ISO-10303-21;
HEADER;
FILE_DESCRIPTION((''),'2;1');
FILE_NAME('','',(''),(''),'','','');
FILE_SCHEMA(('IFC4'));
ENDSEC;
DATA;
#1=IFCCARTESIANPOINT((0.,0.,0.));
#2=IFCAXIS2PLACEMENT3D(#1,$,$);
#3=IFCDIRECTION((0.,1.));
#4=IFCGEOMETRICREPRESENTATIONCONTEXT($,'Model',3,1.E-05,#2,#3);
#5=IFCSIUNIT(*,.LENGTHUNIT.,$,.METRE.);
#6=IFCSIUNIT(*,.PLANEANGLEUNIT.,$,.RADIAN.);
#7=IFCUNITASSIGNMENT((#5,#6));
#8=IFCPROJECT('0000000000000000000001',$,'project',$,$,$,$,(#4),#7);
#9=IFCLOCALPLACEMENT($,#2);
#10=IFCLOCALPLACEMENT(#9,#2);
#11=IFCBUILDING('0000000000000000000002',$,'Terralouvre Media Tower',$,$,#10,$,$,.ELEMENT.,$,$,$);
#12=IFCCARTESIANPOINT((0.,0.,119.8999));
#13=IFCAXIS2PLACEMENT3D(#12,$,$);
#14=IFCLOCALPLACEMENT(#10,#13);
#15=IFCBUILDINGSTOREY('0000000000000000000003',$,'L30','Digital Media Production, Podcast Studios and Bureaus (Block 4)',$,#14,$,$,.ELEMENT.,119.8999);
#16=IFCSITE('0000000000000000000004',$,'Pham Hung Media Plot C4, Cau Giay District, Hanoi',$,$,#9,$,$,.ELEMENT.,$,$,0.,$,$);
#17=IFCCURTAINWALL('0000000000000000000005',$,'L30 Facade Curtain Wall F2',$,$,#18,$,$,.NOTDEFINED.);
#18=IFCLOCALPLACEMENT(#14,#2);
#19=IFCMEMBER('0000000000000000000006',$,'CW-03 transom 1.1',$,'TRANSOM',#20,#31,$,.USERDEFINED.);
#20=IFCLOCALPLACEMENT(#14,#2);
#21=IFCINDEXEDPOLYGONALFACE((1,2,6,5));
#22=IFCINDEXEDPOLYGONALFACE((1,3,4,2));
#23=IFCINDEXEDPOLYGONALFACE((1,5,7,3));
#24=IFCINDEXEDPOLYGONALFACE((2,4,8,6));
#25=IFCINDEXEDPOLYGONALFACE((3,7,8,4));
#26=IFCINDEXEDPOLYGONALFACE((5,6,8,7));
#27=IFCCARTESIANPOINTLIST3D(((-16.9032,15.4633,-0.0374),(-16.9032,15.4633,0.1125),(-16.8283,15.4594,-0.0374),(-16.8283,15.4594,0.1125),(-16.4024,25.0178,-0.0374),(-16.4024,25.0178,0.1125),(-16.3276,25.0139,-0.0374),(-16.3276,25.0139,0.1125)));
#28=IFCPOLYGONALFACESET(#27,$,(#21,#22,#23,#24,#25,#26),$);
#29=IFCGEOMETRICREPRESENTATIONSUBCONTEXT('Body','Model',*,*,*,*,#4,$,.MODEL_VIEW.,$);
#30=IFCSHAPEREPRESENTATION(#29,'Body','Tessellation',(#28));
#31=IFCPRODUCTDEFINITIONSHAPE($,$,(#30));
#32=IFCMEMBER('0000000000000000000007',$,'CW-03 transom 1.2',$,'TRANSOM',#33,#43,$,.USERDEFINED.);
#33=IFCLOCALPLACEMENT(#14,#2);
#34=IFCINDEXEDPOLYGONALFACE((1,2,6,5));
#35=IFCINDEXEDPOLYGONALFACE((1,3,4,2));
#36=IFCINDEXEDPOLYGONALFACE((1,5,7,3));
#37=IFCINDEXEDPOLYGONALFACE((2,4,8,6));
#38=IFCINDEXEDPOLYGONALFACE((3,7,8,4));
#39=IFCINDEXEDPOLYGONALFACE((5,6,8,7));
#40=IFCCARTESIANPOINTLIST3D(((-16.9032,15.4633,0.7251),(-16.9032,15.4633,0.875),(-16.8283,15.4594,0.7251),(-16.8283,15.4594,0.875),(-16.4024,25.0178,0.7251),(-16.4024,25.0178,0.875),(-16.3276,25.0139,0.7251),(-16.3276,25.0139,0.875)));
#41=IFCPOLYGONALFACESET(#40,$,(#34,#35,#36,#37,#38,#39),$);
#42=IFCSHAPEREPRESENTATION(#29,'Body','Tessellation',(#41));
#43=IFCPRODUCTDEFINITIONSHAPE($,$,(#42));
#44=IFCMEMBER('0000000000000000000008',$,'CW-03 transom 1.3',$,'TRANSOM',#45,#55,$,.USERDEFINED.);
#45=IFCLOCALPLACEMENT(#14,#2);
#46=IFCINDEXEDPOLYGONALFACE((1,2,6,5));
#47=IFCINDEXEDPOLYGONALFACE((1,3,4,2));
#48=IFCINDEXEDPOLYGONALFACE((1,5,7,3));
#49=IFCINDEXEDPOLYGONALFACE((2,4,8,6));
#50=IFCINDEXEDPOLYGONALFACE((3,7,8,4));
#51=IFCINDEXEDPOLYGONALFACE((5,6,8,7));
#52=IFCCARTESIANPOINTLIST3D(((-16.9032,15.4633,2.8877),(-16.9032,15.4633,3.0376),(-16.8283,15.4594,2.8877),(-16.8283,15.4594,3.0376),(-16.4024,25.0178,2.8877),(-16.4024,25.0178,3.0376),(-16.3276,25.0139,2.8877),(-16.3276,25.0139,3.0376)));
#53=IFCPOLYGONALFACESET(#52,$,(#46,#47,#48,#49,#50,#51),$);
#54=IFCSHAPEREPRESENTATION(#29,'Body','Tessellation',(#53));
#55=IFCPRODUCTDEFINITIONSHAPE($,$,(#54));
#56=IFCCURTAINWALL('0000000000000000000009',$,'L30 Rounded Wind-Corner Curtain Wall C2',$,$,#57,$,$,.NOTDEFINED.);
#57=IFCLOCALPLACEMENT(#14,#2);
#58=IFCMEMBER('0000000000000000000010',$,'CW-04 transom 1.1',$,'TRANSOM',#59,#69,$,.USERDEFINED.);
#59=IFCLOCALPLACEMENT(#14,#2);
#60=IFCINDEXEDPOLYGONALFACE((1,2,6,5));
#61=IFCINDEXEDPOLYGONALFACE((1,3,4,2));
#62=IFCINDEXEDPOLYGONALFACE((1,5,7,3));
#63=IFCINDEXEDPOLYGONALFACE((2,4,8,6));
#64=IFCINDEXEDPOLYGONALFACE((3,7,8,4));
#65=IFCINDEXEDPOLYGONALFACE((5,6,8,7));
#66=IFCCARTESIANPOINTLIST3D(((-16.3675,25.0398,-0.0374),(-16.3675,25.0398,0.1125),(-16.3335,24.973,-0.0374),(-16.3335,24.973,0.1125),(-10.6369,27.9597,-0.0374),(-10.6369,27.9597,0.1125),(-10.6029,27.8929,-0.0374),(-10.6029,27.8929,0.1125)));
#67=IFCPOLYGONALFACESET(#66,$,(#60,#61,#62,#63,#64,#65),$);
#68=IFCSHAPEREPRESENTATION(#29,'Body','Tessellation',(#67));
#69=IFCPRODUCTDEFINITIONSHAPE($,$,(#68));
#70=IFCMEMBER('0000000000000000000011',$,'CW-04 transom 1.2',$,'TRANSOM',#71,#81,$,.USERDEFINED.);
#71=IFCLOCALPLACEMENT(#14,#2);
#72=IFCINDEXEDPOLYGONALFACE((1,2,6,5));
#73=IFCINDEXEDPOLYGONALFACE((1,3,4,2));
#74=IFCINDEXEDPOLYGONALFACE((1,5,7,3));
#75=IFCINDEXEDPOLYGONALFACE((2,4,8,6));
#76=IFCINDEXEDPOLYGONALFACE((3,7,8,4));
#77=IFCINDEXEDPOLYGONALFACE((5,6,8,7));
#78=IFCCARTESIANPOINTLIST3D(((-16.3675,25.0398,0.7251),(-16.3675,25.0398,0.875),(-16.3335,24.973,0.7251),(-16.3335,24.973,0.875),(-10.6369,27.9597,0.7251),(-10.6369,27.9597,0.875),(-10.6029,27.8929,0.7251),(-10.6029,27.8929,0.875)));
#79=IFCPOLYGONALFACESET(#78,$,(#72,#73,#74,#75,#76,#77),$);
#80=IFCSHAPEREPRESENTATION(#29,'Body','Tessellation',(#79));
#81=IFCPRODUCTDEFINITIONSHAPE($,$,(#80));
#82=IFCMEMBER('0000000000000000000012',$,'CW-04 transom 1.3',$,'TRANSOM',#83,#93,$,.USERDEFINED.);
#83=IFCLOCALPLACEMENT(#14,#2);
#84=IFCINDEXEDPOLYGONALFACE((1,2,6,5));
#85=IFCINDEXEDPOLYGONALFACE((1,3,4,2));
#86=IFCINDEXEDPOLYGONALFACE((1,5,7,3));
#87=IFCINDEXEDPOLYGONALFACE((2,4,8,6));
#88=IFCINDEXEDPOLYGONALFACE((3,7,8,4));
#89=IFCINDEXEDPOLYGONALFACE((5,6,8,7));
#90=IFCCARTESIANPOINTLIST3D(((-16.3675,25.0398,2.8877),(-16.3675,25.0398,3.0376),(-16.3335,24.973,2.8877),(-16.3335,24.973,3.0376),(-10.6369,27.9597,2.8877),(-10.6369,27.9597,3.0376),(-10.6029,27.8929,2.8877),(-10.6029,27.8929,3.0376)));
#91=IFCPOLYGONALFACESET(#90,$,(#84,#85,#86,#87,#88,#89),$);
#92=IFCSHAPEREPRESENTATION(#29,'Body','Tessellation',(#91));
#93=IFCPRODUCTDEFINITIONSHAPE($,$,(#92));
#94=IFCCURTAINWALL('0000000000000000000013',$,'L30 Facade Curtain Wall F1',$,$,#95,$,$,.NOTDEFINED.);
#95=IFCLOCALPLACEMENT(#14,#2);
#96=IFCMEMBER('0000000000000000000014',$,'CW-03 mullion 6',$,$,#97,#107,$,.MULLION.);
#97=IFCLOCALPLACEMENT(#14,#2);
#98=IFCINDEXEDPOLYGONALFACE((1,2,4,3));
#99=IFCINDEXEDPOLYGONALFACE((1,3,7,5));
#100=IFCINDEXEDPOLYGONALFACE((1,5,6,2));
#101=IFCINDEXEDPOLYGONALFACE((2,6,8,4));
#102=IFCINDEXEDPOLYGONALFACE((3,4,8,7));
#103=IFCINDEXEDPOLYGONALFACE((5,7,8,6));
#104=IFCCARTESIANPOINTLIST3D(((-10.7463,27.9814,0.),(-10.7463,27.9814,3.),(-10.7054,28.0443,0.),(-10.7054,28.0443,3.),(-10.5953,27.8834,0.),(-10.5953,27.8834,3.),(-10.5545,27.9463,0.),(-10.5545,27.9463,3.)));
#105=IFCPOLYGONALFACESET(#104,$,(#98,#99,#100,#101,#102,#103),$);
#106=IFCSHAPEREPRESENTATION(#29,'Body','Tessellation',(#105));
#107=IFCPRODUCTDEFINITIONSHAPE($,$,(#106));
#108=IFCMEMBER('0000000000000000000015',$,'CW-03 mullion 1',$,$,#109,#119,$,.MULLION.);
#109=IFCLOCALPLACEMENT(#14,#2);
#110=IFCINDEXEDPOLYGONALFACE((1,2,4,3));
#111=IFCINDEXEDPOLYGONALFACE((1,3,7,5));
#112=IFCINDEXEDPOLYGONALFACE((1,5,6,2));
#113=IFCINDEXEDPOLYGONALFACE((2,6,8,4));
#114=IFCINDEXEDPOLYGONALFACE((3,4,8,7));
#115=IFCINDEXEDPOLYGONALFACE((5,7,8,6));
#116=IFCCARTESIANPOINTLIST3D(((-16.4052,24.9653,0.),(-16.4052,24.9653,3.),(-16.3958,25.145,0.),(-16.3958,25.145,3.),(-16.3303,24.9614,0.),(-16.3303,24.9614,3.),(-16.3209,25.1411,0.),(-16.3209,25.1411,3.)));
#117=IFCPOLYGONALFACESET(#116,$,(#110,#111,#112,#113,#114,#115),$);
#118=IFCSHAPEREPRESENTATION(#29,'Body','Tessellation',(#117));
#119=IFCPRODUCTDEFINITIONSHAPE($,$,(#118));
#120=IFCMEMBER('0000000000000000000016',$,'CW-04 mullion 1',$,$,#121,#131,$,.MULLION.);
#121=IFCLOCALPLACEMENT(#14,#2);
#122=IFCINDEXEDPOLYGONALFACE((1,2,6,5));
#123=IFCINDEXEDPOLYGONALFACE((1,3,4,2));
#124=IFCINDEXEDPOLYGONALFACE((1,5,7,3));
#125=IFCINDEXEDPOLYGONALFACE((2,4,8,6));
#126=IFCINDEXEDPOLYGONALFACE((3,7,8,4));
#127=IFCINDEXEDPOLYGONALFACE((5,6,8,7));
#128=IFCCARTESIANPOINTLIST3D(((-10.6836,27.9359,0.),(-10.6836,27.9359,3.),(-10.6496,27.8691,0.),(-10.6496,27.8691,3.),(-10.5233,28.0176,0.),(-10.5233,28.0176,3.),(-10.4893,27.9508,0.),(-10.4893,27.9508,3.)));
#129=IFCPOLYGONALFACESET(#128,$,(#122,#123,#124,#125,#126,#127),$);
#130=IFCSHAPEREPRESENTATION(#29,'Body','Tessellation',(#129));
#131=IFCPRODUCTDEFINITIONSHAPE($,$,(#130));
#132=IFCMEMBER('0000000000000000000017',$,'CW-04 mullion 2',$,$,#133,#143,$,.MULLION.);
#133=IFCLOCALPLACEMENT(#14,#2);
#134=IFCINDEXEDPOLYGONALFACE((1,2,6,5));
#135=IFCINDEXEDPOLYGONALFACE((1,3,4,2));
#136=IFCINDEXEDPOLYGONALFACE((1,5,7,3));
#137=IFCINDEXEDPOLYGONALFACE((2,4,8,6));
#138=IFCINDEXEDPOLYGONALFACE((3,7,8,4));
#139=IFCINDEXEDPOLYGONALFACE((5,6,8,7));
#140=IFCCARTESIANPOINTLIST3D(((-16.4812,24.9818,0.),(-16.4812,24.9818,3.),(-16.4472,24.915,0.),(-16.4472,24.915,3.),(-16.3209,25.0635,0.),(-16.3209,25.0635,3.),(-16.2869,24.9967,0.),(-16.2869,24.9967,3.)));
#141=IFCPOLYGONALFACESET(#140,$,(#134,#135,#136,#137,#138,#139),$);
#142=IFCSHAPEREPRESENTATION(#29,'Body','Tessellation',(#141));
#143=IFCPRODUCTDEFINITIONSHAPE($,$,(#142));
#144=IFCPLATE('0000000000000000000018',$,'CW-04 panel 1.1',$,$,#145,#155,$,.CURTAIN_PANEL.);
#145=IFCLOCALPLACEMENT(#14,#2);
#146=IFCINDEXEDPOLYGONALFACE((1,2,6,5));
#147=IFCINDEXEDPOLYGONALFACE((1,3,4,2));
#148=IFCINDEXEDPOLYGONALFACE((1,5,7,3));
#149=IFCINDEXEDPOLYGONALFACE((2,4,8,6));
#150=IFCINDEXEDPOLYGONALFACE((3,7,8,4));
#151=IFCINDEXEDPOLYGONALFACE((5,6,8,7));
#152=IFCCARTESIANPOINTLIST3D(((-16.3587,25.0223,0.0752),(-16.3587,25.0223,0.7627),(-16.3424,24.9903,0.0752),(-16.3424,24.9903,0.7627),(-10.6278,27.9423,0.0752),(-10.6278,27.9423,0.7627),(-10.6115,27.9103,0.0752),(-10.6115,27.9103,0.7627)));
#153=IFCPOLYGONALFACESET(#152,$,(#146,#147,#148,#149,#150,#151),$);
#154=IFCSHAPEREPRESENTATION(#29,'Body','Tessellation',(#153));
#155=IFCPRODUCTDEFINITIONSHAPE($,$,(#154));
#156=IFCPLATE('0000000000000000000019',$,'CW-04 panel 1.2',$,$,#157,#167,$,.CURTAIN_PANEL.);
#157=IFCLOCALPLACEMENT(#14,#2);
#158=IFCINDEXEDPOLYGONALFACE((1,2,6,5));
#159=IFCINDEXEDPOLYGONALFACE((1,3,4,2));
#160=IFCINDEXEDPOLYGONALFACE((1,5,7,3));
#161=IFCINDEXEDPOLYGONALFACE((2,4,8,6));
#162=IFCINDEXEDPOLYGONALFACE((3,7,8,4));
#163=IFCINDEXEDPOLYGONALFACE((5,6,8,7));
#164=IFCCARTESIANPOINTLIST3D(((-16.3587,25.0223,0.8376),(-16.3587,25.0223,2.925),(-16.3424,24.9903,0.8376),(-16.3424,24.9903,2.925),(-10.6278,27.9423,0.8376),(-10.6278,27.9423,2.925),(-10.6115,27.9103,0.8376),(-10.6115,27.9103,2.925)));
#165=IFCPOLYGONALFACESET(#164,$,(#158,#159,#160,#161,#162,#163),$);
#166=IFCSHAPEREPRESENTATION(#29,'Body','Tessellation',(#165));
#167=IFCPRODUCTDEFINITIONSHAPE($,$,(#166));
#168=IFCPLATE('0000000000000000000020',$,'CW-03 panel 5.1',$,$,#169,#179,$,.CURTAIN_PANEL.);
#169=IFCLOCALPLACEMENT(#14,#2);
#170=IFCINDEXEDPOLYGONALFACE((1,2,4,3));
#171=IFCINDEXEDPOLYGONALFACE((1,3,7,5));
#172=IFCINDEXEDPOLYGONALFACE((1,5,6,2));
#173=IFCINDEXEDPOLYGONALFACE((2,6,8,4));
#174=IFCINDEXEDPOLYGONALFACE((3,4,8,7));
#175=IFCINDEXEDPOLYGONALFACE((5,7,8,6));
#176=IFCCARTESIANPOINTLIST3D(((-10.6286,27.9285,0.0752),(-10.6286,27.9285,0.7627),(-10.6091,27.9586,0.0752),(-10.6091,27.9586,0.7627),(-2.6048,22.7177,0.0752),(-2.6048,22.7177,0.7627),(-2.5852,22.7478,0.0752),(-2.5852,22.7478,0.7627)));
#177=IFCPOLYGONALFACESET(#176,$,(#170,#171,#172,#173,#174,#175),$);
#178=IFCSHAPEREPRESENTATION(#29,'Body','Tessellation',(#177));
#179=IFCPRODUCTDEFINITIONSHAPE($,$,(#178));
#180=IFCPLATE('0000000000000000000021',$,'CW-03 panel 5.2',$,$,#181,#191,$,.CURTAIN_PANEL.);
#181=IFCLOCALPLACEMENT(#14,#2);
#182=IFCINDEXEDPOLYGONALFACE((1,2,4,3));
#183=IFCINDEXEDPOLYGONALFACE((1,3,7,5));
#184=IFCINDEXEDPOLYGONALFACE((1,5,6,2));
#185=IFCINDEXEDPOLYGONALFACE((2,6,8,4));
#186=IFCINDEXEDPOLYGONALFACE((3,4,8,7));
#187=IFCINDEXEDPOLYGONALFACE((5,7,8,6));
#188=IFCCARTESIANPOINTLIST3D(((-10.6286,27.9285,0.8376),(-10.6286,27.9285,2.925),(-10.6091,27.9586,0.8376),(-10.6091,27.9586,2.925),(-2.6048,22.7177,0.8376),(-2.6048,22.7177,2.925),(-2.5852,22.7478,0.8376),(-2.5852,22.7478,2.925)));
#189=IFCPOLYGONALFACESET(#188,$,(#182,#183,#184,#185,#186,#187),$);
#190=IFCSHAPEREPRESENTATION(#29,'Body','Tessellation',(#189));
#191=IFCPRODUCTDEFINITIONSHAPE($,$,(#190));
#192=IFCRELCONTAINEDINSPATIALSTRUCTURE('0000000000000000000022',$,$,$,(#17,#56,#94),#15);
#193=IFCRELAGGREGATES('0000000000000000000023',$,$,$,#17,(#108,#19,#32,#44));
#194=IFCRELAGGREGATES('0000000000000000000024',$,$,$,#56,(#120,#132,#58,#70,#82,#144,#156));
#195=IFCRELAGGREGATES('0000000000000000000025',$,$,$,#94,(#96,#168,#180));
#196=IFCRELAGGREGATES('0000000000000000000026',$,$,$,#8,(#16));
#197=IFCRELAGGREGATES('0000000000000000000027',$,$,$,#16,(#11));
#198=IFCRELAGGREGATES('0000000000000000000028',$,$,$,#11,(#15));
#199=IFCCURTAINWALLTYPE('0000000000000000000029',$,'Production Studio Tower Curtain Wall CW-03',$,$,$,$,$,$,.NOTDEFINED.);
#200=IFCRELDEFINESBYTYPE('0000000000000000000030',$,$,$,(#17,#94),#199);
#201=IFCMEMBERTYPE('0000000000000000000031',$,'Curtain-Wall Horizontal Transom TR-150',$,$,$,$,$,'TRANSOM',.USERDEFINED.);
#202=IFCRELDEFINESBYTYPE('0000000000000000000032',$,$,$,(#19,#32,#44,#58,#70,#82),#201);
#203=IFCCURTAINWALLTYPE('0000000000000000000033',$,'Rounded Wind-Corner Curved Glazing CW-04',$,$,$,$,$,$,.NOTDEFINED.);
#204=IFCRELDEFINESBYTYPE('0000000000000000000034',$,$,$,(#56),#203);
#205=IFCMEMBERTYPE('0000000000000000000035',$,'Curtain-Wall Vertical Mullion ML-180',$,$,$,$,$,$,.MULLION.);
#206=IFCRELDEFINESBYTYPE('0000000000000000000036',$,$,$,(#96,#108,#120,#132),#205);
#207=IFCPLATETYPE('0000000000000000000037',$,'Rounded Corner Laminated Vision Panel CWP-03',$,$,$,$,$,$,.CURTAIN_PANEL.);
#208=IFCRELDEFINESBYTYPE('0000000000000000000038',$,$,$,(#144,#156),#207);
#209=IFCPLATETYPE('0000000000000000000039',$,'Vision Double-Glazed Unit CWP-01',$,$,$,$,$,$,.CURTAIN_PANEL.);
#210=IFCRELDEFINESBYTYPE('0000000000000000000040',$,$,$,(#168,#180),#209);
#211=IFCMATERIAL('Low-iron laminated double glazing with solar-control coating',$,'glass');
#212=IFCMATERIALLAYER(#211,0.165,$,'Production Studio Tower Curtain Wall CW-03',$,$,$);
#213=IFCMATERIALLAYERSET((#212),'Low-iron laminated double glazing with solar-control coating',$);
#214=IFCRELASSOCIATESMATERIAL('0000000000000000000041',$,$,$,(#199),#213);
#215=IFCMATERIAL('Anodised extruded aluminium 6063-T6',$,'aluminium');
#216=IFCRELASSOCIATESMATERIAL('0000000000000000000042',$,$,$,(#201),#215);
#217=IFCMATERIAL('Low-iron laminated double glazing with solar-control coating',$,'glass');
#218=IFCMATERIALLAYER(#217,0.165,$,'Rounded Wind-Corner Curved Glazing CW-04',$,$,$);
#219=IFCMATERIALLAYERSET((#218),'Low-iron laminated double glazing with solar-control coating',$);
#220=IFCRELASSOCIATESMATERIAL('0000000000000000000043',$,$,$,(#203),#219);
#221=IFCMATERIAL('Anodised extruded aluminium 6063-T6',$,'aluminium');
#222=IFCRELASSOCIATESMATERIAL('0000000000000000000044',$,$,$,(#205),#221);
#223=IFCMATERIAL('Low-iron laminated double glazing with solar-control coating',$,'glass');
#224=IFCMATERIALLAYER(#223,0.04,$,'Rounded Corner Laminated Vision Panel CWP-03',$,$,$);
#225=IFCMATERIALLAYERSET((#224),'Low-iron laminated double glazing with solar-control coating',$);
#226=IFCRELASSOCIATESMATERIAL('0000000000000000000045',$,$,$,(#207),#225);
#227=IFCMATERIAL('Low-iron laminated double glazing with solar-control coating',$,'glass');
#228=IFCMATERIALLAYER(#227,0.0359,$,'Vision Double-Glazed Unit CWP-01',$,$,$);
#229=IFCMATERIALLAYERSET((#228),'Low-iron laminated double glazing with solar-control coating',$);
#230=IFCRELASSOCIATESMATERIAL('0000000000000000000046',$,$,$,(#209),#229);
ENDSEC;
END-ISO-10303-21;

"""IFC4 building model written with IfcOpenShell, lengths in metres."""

from ifc_helpers import new_model, si_unit, direction, frame, origin, origin_2d, place, context, subcontext, project, spatial, rectangle, extrude, material, layer, layer_set, material_profile, profile_set, type_object, element, aggregate, save


model = new_model("IFC4")

# Units and contexts
model_context = context("Model", 3, precision=1e-05, world=origin(), true_north=direction((0.0, 1.0)))
body_context = subcontext(model_context, "Body", "Model", "MODEL_VIEW")
ifc_project = project(units=[si_unit("LENGTHUNIT", "METRE"), si_unit("PLANEANGLEUNIT", "RADIAN")], contexts=[model_context])

# Site, building, storey
site_placement = place(None, origin())
site = spatial("IfcSite", under=ifc_project, at=site_placement, Name="Pham Hung Media Plot C4, Cau Giay District, Hanoi", CompositionType="ELEMENT", RefElevation=0.0)
building_placement = place(site_placement, origin())
building = spatial("IfcBuilding", under=site, at=building_placement, Name="Terralouvre Media Tower", CompositionType="ELEMENT")
storey_placement = place(building_placement, frame((0.0, 0.0, 119.8999)))
storey = spatial("IfcBuildingStorey", under=building, at=storey_placement, Name="L30", Description="Digital Media Production, Podcast Studios and Bureaus (Block 4)", CompositionType="ELEMENT", Elevation=119.8999)

# Curtain walls, members
ifc_material_1 = material(Name="Low-iron laminated double glazing with solar-control coating", Category="glass")
ifc_layer_1 = layer(ifc_material_1, 0.165, Name="Production Studio Tower Curtain Wall CW-03")
ifc_layer_set_1 = layer_set([ifc_layer_1], Name="Low-iron laminated double glazing with solar-control coating")
curtain_wall_type_1 = type_object("IfcCurtainWallType", Name="Production Studio Tower Curtain Wall CW-03", PredefinedType="NOTDEFINED", material=ifc_layer_set_1)
curtain_wall_1_placement = place(storey_placement, origin())
curtain_wall_1 = element("IfcCurtainWall", 1, at=curtain_wall_1_placement, inside=storey, type_object=curtain_wall_type_1, Name="L30 Facade Curtain Wall F2", PredefinedType="NOTDEFINED")
ifc_material_2 = material(Name="Anodised extruded aluminium 6063-T6", Category="aluminium")
ifc_material_profile_1 = material_profile(ifc_material_2, rectangle(XDim=0.075, YDim=0.1499, at=origin_2d()), Name="ALU 75x150")
ifc_profile_set_1 = profile_set([ifc_material_profile_1], Name="Anodised extruded aluminium 6063-T6")
member_type_1 = type_object("IfcMemberType", Name="Curtain-Wall Horizontal Transom TR-150", ElementType="TRANSOM", PredefinedType="USERDEFINED", material=ifc_profile_set_1)
member_1_placement = place(storey_placement, frame((-16.365, 25.0159, 0.0376), z_axis=(-0.052337, -0.99863, 0.0), x_axis=(0.99863, -0.052337, 0.0)))
member_1 = element("IfcMember", 2, at=member_1_placement, type_object=member_type_1, Name="CW-03 transom 1.1", ObjectType="TRANSOM", PredefinedType="USERDEFINED", context=body_context, shape_type="SweptSolid", body=[
    extrude(rectangle(XDim=0.075, YDim=0.1499, at=origin_2d()), origin(), (0.0, 0.0, 1.0), 9.5676),
])
member_2_placement = place(storey_placement, frame((-16.365, 25.0159, 0.8), z_axis=(-0.052337, -0.99863, 0.0), x_axis=(0.99863, -0.052337, 0.0)))
member_2 = element("IfcMember", 3, at=member_2_placement, type_object=member_type_1, Name="CW-03 transom 1.2", ObjectType="TRANSOM", PredefinedType="USERDEFINED", context=body_context, shape_type="SweptSolid", body=[
    extrude(rectangle(XDim=0.075, YDim=0.1499, at=origin_2d()), origin(), (0.0, 0.0, 1.0), 9.5676),
])
member_3_placement = place(storey_placement, frame((-16.365, 25.0159, 2.9626), z_axis=(-0.052337, -0.99863, 0.0), x_axis=(0.99863, -0.052337, 0.0)))
member_3 = element("IfcMember", 4, at=member_3_placement, type_object=member_type_1, Name="CW-03 transom 1.3", ObjectType="TRANSOM", PredefinedType="USERDEFINED", context=body_context, shape_type="SweptSolid", body=[
    extrude(rectangle(XDim=0.075, YDim=0.1499, at=origin_2d()), origin(), (0.0, 0.0, 1.0), 9.5676),
])
ifc_material_3 = material(Name="Low-iron laminated double glazing with solar-control coating", Category="glass")
ifc_layer_2 = layer(ifc_material_3, 0.165, Name="Rounded Wind-Corner Curved Glazing CW-04")
ifc_layer_set_2 = layer_set([ifc_layer_2], Name="Low-iron laminated double glazing with solar-control coating")
curtain_wall_type_2 = type_object("IfcCurtainWallType", Name="Rounded Wind-Corner Curved Glazing CW-04", PredefinedType="NOTDEFINED", material=ifc_layer_set_2)
curtain_wall_2_placement = place(storey_placement, origin())
curtain_wall_2 = element("IfcCurtainWall", 5, at=curtain_wall_2_placement, inside=storey, type_object=curtain_wall_type_2, Name="L30 Rounded Wind-Corner Curtain Wall C2", PredefinedType="NOTDEFINED")
member_4_placement = place(storey_placement, frame((-10.6199, 27.9263, 0.0376), z_axis=(-0.891008, -0.453988, 0.0), x_axis=(0.453988, -0.891008, 0.0)))
member_4 = element("IfcMember", 6, at=member_4_placement, type_object=member_type_1, Name="CW-04 transom 1.1", ObjectType="TRANSOM", PredefinedType="USERDEFINED", context=body_context, shape_type="SweptSolid", body=[
    extrude(rectangle(XDim=0.075, YDim=0.1499, at=origin_2d()), origin(), (0.0, 0.0, 1.0), 6.4316),
])
member_5_placement = place(storey_placement, frame((-10.6199, 27.9263, 0.8), z_axis=(-0.891008, -0.453988, 0.0), x_axis=(0.453988, -0.891008, 0.0)))
member_5 = element("IfcMember", 7, at=member_5_placement, type_object=member_type_1, Name="CW-04 transom 1.2", ObjectType="TRANSOM", PredefinedType="USERDEFINED", context=body_context, shape_type="SweptSolid", body=[
    extrude(rectangle(XDim=0.075, YDim=0.1499, at=origin_2d()), origin(), (0.0, 0.0, 1.0), 6.4316),
])
member_6_placement = place(storey_placement, frame((-10.6199, 27.9263, 2.9626), z_axis=(-0.891008, -0.453988, 0.0), x_axis=(0.453988, -0.891008, 0.0)))
member_6 = element("IfcMember", 8, at=member_6_placement, type_object=member_type_1, Name="CW-04 transom 1.3", ObjectType="TRANSOM", PredefinedType="USERDEFINED", context=body_context, shape_type="SweptSolid", body=[
    extrude(rectangle(XDim=0.075, YDim=0.1499, at=origin_2d()), origin(), (0.0, 0.0, 1.0), 6.4316),
])

# Curtain wall, member
curtain_wall_3_placement = place(storey_placement, origin())
curtain_wall_3 = element("IfcCurtainWall", 9, at=curtain_wall_3_placement, inside=storey, type_object=curtain_wall_type_1, Name="L30 Facade Curtain Wall F1", PredefinedType="NOTDEFINED")
ifc_material_4 = material(Name="Anodised extruded aluminium 6063-T6", Category="aluminium")
ifc_material_profile_2 = material_profile(ifc_material_4, rectangle(XDim=0.075, YDim=0.1799, at=origin_2d()), Name="ALU 75x180")
ifc_profile_set_2 = profile_set([ifc_material_profile_2], Name="Anodised extruded aluminium 6063-T6")
member_type_2 = type_object("IfcMemberType", Name="Curtain-Wall Vertical Mullion ML-180", PredefinedType="MULLION", material=ifc_profile_set_2)
member_7_placement = place(storey_placement, frame((-10.6504, 27.9639, 0.0), z_axis=(0.0, 0.0, 1.0), x_axis=(-0.544639, -0.838671, 0.0)))
member_7 = element("IfcMember", 10, at=member_7_placement, type_object=member_type_2, Name="CW-03 mullion 6", PredefinedType="MULLION", context=body_context, shape_type="SweptSolid", body=[
    extrude(rectangle(XDim=0.075, YDim=0.1799, at=origin_2d()), origin(), (0.0, 0.0, 1.0), 3.0),
])

# Members
member_8_placement = place(storey_placement, frame((-16.363, 25.0532, 0.0), z_axis=(0.0, 0.0, 1.0), x_axis=(0.99863, -0.052336, 0.0)))
member_8 = element("IfcMember", 11, at=member_8_placement, type_object=member_type_2, Name="CW-03 mullion 1", PredefinedType="MULLION", context=body_context, shape_type="SweptSolid", body=[
    extrude(rectangle(XDim=0.075, YDim=0.1799, at=origin_2d()), origin(), (0.0, 0.0, 1.0), 3.0),
])
aggregate(curtain_wall_1, [member_8, member_1, member_2, member_3])
member_9_placement = place(storey_placement, frame((-10.5864, 27.9434, 0.0), z_axis=(0.0, 0.0, 1.0), x_axis=(0.45399, -0.891007, 0.0)))
member_9 = element("IfcMember", 12, at=member_9_placement, type_object=member_type_2, Name="CW-04 mullion 1", PredefinedType="MULLION", context=body_context, shape_type="SweptSolid", body=[
    extrude(rectangle(XDim=0.075, YDim=0.1799, at=origin_2d()), origin(), (0.0, 0.0, 1.0), 3.0),
])
member_10_placement = place(storey_placement, frame((-16.384, 24.9893, 0.0), z_axis=(0.0, 0.0, 1.0), x_axis=(0.45399, -0.891007, 0.0)))
member_10 = element("IfcMember", 13, at=member_10_placement, type_object=member_type_2, Name="CW-04 mullion 2", PredefinedType="MULLION", context=body_context, shape_type="SweptSolid", body=[
    extrude(rectangle(XDim=0.075, YDim=0.1799, at=origin_2d()), origin(), (0.0, 0.0, 1.0), 3.0),
])

# Plates
ifc_material_5 = material(Name="Low-iron laminated double glazing with solar-control coating", Category="glass")
ifc_layer_3 = layer(ifc_material_5, 0.04, Name="Rounded Corner Laminated Vision Panel CWP-03")
ifc_layer_set_3 = layer_set([ifc_layer_3], Name="Low-iron laminated double glazing with solar-control coating")
plate_type_1 = type_object("IfcPlateType", Name="Rounded Corner Laminated Vision Panel CWP-03", PredefinedType="CURTAIN_PANEL", material=ifc_layer_set_3)
plate_1_placement = place(storey_placement, frame((-13.4851, 26.4663, 0.0752), z_axis=(0.0, 0.0, 1.0), x_axis=(-0.891007, -0.45399, 0.0)))
plate_1 = element("IfcPlate", 14, at=plate_1_placement, type_object=plate_type_1, Name="CW-04 panel 1.1", PredefinedType="CURTAIN_PANEL", context=body_context, shape_type="SweptSolid", body=[
    extrude(rectangle(XDim=6.4319, YDim=0.0359, at=origin_2d()), origin(), (0.0, 0.0, 1.0), 0.6875),
])
plate_2_placement = place(storey_placement, frame((-13.4851, 26.4663, 0.8376), z_axis=(0.0, 0.0, 1.0), x_axis=(-0.891007, -0.45399, 0.0)))
plate_2 = element("IfcPlate", 15, at=plate_2_placement, type_object=plate_type_1, Name="CW-04 panel 1.2", PredefinedType="CURTAIN_PANEL", context=body_context, shape_type="SweptSolid", body=[
    extrude(rectangle(XDim=6.4319, YDim=0.0359, at=origin_2d()), origin(), (0.0, 0.0, 1.0), 2.0874),
])
aggregate(curtain_wall_2, [member_9, member_10, member_4, member_5, member_6, plate_1, plate_2])
ifc_material_6 = material(Name="Low-iron laminated double glazing with solar-control coating", Category="glass")
ifc_layer_4 = layer(ifc_material_6, 0.0359, Name="Vision Double-Glazed Unit CWP-01")
ifc_layer_set_4 = layer_set([ifc_layer_4], Name="Low-iron laminated double glazing with solar-control coating")
plate_type_2 = type_object("IfcPlateType", Name="Vision Double-Glazed Unit CWP-01", PredefinedType="CURTAIN_PANEL", material=ifc_layer_set_4)
plate_3_placement = place(storey_placement, frame((-6.6069, 25.3381, 0.0752), z_axis=(0.0, 0.0, 1.0), x_axis=(-0.838671, 0.544639, 0.0)))
plate_3 = element("IfcPlate", 16, at=plate_3_placement, type_object=plate_type_2, Name="CW-03 panel 5.1", PredefinedType="CURTAIN_PANEL", context=body_context, shape_type="SweptSolid", body=[
    extrude(rectangle(XDim=9.5674, YDim=0.0359, at=origin_2d()), origin(), (0.0, 0.0, 1.0), 0.6875),
])
plate_4_placement = place(storey_placement, frame((-6.6069, 25.3381, 0.8376), z_axis=(0.0, 0.0, 1.0), x_axis=(-0.838671, 0.544639, 0.0)))
plate_4 = element("IfcPlate", 17, at=plate_4_placement, type_object=plate_type_2, Name="CW-03 panel 5.2", PredefinedType="CURTAIN_PANEL", context=body_context, shape_type="SweptSolid", body=[
    extrude(rectangle(XDim=9.5674, YDim=0.0359, at=origin_2d()), origin(), (0.0, 0.0, 1.0), 2.0874),
])
aggregate(curtain_wall_3, [member_7, plate_3, plate_4])

save(model, "model.ifc")
